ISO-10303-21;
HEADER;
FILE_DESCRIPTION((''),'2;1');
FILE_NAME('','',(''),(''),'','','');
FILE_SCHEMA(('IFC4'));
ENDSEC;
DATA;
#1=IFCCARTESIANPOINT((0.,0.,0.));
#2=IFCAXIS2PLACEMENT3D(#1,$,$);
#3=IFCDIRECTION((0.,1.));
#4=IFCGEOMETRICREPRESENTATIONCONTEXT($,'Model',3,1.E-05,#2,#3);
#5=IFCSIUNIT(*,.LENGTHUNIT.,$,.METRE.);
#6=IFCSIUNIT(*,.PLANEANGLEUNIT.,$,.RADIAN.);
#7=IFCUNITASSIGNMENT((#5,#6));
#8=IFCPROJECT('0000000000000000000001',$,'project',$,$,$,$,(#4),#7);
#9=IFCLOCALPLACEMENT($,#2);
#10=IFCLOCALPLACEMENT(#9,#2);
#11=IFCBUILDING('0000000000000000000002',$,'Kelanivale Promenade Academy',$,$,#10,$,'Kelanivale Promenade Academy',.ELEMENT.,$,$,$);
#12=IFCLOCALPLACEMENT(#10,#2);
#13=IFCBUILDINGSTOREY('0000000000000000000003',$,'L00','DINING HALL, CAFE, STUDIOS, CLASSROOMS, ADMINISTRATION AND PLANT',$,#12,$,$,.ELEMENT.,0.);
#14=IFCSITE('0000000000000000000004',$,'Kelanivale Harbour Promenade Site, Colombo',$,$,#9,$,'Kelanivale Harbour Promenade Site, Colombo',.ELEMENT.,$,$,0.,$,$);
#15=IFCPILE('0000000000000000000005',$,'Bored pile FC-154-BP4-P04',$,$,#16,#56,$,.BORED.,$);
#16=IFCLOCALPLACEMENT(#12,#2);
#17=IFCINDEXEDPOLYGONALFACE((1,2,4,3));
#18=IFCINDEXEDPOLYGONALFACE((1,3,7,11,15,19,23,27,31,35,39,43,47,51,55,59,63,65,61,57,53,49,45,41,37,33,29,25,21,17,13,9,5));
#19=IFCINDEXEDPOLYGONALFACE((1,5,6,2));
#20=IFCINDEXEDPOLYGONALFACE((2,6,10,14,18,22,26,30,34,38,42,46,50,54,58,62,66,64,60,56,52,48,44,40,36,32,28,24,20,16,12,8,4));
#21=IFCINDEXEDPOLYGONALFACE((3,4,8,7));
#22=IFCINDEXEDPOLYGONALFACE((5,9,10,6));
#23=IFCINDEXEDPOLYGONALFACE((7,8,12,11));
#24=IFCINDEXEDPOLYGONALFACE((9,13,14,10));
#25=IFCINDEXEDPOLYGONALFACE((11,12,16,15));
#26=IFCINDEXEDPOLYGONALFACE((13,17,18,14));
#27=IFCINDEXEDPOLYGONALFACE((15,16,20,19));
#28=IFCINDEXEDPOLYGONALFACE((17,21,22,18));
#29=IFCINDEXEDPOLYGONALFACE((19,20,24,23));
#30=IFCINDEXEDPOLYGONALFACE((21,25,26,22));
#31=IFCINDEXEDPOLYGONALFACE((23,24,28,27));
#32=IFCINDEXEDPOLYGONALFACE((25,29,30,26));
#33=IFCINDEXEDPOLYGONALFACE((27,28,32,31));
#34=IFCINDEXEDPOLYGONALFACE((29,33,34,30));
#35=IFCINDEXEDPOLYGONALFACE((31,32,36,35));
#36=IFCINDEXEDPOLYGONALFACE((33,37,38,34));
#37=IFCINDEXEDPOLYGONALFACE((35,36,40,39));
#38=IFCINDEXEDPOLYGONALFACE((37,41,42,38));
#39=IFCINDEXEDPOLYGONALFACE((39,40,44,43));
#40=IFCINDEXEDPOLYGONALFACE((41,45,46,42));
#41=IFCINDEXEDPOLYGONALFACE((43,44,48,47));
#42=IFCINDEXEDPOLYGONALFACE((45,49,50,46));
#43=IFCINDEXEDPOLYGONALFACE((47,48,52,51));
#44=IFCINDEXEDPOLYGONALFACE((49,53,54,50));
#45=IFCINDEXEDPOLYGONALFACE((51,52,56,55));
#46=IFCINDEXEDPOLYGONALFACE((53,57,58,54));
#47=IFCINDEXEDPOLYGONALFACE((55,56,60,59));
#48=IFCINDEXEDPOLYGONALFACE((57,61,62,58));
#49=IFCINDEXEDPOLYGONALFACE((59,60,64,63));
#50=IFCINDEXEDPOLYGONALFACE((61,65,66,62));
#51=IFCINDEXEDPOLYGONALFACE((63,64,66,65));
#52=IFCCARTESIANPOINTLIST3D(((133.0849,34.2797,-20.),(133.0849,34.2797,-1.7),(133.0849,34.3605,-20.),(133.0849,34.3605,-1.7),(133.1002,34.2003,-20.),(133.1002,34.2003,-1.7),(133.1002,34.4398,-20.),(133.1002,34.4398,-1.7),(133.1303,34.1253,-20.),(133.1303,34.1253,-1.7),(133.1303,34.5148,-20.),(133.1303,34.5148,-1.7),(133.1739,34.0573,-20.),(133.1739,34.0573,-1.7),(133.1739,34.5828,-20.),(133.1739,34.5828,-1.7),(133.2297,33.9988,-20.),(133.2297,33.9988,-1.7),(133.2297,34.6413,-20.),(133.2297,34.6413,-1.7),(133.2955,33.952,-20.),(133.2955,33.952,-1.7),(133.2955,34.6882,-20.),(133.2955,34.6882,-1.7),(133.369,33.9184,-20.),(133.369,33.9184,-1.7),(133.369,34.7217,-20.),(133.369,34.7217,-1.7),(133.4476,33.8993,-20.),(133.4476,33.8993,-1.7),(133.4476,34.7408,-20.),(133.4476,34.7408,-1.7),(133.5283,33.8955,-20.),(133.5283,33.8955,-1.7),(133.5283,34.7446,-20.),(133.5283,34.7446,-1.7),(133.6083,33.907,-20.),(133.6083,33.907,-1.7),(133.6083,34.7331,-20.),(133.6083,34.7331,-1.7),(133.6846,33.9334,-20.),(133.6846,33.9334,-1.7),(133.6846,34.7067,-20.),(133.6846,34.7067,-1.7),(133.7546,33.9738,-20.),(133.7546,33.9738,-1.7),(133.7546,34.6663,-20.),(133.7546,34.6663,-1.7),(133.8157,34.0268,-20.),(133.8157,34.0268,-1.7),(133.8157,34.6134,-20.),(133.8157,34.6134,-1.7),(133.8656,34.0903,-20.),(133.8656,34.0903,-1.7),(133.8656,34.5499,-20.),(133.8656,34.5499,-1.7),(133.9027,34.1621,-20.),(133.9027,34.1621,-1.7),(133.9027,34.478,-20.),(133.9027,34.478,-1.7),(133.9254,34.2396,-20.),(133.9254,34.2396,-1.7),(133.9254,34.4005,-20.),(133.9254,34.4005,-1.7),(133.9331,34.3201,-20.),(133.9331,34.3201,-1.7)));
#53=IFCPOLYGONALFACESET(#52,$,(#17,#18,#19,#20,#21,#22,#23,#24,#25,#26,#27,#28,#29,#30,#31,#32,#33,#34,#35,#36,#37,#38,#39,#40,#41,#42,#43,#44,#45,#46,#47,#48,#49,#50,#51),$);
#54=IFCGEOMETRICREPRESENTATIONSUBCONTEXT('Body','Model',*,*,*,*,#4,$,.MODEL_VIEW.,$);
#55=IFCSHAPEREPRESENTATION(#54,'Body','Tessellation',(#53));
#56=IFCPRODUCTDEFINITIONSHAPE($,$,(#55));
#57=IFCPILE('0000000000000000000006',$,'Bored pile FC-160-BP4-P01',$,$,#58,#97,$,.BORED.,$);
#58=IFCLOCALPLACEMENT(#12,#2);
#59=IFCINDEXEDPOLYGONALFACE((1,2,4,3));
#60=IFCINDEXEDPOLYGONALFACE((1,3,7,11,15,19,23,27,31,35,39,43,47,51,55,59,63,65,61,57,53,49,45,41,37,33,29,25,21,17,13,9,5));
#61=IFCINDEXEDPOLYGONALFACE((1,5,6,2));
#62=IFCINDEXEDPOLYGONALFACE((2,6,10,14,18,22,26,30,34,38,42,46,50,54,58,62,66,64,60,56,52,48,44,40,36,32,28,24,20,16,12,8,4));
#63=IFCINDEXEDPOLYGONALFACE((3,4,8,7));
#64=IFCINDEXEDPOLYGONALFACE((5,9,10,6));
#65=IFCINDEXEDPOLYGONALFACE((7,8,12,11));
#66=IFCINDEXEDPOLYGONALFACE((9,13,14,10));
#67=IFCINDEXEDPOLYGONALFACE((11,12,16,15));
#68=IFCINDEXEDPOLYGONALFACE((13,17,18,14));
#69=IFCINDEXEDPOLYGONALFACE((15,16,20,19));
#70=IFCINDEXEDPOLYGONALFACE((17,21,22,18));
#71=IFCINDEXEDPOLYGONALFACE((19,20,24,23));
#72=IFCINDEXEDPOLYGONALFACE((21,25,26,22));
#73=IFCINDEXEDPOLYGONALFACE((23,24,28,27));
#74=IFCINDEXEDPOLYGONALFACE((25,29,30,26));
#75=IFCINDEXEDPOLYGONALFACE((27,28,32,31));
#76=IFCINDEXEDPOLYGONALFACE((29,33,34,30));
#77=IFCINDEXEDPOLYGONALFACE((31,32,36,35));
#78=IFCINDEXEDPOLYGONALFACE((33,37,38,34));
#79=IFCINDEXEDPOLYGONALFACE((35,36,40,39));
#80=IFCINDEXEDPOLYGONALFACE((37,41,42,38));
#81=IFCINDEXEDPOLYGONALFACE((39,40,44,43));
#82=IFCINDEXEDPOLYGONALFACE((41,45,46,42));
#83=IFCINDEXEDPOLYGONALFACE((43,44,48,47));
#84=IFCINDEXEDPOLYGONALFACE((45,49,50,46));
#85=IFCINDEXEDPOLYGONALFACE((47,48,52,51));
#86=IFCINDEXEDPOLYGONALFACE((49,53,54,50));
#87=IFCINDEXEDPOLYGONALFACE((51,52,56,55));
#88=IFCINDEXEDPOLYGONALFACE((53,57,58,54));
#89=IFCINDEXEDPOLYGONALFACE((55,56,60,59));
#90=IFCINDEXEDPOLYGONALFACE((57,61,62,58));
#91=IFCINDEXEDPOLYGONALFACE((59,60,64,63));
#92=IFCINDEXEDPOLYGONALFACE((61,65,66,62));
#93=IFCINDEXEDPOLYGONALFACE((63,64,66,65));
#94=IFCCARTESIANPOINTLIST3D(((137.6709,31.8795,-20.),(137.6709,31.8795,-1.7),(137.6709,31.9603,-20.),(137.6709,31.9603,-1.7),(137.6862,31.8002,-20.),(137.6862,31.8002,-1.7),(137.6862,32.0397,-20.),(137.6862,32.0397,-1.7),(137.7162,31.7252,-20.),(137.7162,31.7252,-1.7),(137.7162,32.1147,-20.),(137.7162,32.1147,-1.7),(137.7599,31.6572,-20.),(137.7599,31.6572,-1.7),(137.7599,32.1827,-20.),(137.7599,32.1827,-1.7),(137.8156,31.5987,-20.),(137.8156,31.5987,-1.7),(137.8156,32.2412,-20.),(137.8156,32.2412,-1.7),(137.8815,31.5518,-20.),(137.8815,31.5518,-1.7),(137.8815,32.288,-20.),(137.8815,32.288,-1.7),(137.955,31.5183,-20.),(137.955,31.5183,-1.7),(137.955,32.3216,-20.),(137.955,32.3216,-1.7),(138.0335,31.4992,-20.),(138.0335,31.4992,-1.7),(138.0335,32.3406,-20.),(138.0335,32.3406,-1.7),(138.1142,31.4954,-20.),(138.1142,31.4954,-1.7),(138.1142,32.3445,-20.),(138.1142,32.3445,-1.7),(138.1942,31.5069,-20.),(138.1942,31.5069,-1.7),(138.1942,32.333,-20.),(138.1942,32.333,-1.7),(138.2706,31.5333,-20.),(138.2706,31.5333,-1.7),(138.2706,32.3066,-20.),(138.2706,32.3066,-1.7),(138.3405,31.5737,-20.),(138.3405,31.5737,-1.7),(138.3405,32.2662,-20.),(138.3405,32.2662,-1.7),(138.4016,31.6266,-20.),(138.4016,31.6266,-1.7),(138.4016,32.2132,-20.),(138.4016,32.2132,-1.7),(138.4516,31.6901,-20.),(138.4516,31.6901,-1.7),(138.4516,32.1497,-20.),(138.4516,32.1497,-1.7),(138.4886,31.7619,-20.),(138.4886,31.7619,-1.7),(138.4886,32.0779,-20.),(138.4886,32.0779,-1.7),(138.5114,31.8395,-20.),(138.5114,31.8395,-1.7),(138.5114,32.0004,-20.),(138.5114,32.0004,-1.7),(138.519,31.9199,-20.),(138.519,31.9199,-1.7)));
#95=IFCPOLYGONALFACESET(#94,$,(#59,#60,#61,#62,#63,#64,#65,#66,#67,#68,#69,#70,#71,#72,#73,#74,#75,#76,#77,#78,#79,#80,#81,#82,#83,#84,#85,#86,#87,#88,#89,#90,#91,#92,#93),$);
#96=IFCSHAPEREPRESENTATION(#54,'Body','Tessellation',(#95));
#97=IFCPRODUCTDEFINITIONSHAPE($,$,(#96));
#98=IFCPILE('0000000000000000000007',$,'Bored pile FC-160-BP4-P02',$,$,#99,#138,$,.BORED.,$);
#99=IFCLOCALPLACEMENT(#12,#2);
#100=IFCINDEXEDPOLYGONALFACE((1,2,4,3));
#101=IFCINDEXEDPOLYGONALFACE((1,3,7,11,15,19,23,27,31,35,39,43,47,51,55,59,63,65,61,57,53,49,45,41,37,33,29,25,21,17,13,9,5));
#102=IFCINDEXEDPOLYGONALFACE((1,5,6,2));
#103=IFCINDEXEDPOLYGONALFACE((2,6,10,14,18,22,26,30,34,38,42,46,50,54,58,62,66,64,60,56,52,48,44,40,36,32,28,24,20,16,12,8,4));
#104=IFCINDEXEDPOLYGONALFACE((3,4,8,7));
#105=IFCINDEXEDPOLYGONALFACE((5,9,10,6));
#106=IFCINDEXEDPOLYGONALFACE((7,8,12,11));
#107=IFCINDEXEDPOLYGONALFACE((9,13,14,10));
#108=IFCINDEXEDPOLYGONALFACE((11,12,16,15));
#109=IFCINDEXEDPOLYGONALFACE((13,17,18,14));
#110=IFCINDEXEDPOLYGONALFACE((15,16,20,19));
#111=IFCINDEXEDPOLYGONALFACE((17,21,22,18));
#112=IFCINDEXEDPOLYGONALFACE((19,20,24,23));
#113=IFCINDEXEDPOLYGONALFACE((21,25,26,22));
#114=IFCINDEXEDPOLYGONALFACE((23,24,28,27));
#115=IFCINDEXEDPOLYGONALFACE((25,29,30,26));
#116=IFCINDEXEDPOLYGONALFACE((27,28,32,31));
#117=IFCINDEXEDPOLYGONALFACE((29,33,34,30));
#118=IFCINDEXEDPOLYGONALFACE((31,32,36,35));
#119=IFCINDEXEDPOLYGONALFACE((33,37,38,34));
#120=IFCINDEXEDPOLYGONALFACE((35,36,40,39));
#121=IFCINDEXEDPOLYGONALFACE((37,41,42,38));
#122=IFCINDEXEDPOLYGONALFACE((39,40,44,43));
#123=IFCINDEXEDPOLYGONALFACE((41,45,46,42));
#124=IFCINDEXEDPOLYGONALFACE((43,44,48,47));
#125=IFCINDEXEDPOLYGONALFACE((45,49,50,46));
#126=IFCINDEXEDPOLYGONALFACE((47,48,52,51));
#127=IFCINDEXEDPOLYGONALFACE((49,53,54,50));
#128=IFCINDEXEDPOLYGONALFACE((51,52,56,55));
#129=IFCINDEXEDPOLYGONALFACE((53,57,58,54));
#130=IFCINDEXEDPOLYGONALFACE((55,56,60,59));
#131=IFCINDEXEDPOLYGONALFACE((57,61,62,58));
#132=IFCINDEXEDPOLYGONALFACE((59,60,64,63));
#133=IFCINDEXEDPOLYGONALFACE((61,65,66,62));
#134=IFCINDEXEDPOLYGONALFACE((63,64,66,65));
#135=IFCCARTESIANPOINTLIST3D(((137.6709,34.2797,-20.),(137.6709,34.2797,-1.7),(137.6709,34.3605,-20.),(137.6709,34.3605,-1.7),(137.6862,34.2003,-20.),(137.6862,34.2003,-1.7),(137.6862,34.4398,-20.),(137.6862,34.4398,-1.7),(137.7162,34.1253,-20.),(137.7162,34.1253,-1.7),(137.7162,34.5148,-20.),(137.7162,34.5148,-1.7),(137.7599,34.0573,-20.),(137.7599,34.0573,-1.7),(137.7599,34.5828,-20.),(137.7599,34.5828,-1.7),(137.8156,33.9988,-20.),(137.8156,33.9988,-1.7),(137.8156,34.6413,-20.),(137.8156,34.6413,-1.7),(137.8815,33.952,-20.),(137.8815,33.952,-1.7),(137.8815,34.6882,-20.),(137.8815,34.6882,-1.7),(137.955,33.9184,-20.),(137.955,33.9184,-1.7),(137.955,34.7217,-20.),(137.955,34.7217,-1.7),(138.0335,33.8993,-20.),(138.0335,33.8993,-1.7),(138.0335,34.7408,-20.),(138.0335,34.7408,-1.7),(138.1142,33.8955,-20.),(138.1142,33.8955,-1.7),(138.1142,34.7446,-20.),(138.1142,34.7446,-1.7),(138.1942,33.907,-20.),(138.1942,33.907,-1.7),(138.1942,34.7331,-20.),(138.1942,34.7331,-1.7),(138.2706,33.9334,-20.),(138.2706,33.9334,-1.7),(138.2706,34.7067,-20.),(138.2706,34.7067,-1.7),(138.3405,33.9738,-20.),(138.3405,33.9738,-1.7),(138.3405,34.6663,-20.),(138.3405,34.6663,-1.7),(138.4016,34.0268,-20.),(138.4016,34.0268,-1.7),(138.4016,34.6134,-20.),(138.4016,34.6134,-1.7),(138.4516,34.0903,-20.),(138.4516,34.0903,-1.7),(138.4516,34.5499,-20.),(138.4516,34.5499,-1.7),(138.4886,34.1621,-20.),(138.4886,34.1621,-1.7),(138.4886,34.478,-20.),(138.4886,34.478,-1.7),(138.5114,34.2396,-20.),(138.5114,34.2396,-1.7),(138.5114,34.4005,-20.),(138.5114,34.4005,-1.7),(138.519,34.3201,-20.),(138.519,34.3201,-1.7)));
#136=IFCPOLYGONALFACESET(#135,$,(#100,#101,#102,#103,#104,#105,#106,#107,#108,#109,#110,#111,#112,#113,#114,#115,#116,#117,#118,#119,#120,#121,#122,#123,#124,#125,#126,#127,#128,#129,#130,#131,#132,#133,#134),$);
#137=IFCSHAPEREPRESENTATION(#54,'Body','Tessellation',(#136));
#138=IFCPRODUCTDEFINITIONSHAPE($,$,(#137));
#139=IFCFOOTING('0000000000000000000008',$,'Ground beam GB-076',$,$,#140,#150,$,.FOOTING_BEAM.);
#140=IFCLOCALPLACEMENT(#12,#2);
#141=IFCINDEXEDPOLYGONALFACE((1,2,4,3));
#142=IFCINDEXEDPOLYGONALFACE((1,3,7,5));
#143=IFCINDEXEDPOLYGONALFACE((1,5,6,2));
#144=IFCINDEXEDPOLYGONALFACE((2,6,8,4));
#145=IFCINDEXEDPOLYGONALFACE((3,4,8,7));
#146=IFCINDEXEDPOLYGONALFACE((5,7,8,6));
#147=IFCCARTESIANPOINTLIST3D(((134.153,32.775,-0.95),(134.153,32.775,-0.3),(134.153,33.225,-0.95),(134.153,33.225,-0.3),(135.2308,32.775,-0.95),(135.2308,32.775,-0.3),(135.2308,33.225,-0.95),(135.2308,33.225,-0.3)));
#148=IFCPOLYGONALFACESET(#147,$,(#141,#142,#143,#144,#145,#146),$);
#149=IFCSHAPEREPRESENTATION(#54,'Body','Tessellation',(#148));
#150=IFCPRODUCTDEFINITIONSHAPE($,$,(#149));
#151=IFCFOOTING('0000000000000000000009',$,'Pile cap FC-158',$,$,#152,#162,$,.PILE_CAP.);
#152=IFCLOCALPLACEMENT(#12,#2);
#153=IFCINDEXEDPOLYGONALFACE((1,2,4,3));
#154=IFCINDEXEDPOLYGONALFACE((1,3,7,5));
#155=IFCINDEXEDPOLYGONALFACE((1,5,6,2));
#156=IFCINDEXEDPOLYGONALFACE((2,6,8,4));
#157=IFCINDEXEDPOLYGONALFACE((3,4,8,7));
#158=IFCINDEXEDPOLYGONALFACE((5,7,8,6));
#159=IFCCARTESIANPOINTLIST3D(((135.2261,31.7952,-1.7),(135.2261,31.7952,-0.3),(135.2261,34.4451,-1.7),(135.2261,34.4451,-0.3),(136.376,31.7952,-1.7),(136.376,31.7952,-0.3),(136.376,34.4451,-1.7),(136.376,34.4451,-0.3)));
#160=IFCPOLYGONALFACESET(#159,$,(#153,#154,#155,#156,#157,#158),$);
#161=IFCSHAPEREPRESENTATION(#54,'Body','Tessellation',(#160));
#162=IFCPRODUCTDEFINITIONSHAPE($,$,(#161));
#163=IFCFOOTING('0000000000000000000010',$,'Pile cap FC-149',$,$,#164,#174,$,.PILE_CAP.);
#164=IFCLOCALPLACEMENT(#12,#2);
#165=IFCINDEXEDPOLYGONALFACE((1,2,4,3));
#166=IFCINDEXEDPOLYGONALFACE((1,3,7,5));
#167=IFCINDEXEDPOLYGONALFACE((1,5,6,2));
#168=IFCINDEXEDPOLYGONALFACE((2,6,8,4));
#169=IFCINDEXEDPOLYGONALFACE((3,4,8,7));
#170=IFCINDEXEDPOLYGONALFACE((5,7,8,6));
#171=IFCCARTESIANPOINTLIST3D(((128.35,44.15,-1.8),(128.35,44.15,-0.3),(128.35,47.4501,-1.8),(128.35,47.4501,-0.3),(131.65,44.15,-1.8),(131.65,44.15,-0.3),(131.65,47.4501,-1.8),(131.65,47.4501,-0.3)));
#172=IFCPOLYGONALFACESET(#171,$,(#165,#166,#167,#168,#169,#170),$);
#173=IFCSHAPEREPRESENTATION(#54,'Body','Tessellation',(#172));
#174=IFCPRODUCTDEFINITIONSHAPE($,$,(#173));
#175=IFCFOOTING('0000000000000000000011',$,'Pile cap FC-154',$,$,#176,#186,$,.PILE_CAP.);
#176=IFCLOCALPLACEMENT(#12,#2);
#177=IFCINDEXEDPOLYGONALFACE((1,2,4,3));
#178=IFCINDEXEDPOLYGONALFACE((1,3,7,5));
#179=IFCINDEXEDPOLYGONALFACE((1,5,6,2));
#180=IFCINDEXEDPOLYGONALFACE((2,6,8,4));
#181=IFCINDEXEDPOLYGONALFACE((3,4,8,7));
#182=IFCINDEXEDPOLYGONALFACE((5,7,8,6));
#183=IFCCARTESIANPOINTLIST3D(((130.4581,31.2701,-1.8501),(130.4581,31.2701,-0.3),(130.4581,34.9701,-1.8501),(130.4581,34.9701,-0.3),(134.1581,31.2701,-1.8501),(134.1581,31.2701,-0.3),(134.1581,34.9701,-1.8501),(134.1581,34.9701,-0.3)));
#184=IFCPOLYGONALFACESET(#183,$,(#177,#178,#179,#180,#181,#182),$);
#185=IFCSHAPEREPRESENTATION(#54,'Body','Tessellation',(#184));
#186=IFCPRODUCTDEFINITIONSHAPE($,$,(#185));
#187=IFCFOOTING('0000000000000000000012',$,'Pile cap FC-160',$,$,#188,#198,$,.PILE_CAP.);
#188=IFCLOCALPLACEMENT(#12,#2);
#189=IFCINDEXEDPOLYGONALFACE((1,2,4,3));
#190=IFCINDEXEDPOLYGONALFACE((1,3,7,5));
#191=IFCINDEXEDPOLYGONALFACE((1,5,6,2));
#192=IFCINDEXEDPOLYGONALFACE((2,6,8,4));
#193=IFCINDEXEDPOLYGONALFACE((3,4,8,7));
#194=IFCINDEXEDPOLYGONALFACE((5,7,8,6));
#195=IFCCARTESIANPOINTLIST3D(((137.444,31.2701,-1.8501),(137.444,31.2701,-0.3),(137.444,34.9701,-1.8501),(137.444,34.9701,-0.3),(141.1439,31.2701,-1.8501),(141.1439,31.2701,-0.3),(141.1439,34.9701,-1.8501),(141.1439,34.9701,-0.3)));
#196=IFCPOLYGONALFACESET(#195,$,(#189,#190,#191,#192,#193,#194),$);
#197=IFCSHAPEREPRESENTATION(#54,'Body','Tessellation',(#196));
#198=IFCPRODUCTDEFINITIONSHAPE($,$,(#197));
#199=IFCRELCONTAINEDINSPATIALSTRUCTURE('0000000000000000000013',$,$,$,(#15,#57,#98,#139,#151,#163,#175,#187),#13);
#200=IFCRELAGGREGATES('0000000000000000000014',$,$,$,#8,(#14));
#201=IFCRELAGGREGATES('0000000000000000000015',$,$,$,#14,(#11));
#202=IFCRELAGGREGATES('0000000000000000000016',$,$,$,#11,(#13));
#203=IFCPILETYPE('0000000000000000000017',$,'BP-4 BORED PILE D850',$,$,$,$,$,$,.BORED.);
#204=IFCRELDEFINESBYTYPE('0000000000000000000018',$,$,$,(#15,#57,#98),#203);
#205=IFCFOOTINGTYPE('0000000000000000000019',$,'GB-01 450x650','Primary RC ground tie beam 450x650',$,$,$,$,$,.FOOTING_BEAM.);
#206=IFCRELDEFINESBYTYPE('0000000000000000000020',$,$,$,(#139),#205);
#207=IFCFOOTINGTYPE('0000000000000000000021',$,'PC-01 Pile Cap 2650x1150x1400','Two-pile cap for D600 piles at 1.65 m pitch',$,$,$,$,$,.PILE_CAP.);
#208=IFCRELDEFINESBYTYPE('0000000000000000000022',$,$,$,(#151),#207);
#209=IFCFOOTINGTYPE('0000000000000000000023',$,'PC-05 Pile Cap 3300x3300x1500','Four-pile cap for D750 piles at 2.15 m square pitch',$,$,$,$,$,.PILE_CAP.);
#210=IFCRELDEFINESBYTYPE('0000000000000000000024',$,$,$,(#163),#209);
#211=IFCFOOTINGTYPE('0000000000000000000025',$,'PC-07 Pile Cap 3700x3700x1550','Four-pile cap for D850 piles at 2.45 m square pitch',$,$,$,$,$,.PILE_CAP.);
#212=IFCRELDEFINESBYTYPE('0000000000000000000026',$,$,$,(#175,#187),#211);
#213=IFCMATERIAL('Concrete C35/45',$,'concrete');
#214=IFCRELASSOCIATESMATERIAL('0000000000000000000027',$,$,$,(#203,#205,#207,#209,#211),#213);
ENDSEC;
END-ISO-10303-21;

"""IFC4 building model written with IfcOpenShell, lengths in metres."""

from ifc_helpers import new_model, si_unit, direction, frame, origin, origin_2d, place, context, subcontext, project, spatial, rectangle, circle, extrude, material, material_profile, profile_set, type_object, element, save


model = new_model("IFC4")

# Units and contexts
model_context = context("Model", 3, precision=1e-05, world=origin(), true_north=direction((0.0, 1.0)))
body_context = subcontext(model_context, "Body", "Model", "MODEL_VIEW")
ifc_project = project(units=[si_unit("LENGTHUNIT", "METRE"), si_unit("PLANEANGLEUNIT", "RADIAN")], contexts=[model_context])

# Site, building, storey
site_placement = place(None, origin())
site = spatial("IfcSite", under=ifc_project, at=site_placement, Name="Kelanivale Harbour Promenade Site, Colombo", LongName="Kelanivale Harbour Promenade Site, Colombo", CompositionType="ELEMENT", RefElevation=0.0)
building_placement = place(site_placement, origin())
building = spatial("IfcBuilding", under=site, at=building_placement, Name="Kelanivale Promenade Academy", LongName="Kelanivale Promenade Academy", CompositionType="ELEMENT")
storey_placement = place(building_placement, origin())
storey = spatial("IfcBuildingStorey", under=building, at=storey_placement, Name="L00", Description="DINING HALL, CAFE, STUDIOS, CLASSROOMS, ADMINISTRATION AND PLANT", CompositionType="ELEMENT", Elevation=0.0)

# Piles
ifc_material_1 = material(Name="Concrete C35/45", Category="concrete")
ifc_material_profile_1 = material_profile(ifc_material_1, circle(Radius=0.425, at=origin_2d()), Name="BORED PILE D850")
ifc_profile_set_1 = profile_set([ifc_material_profile_1], Name="Concrete C35/45")
pile_type_1 = type_object("IfcPileType", Name="BP-4 BORED PILE D850", PredefinedType="BORED", material=ifc_profile_set_1)
for number, where, z_axis, x_axis, name in (
    (1, (133.5081, 34.3201, -1.7), (0.0, 0.0, -1.0), (1.0, 0.0, 0.0), "Bored pile FC-154-BP4-P04"),
    (2, (138.094, 31.9199, -1.7), (0.0, 0.0, -1.0), (1.0, 0.0, 0.0), "Bored pile FC-160-BP4-P01"),
    (3, (138.094, 34.3201, -1.7), (0.0, 0.0, -1.0), (1.0, 0.0, 0.0), "Bored pile FC-160-BP4-P02"),
):
    element("IfcPile", number, at=place(storey_placement, frame(where, z_axis=z_axis, x_axis=x_axis)), inside=storey, type_object=pile_type_1, Name=name, PredefinedType="BORED", context=body_context, shape_type="SweptSolid", body=[
        extrude(circle(Radius=0.425, at=origin_2d()), origin(), (0.0, 0.0, 1.0), 18.3),
    ])

# Footings
footing_type_1 = type_object("IfcFootingType", Name="GB-01 450x650", Description="Primary RC ground tie beam 450x650", PredefinedType="FOOTING_BEAM", material=ifc_material_1)
footing_1_placement = place(storey_placement, frame((134.6919, 33.0, -0.95), z_axis=(0.0, 0.0, 1.0), x_axis=(1.0, 0.0, 0.0)))
element("IfcFooting", 4, at=footing_1_placement, inside=storey, type_object=footing_type_1, Name="Ground beam GB-076", PredefinedType="FOOTING_BEAM", context=body_context, shape_type="SweptSolid", body=[
    extrude(rectangle(XDim=1.0779, YDim=0.45, at=origin_2d()), origin(), (0.0, 0.0, 1.0), 0.6499),
])
footing_type_2 = type_object("IfcFootingType", Name="PC-01 Pile Cap 2650x1150x1400", Description="Two-pile cap for D600 piles at 1.65 m pitch", PredefinedType="PILE_CAP", material=ifc_material_1)
footing_2_placement = place(storey_placement, frame((135.801, 33.1201, -1.7), z_axis=(0.0, 0.0, 1.0), x_axis=(0.0, 1.0, 0.0)))
element("IfcFooting", 5, at=footing_2_placement, inside=storey, type_object=footing_type_2, Name="Pile cap FC-158", PredefinedType="PILE_CAP", context=body_context, shape_type="SweptSolid", body=[
    extrude(rectangle(XDim=2.6499, YDim=1.1499, at=origin_2d()), origin(), (0.0, 0.0, 1.0), 1.3999),
])
footing_type_3 = type_object("IfcFootingType", Name="PC-05 Pile Cap 3300x3300x1500", Description="Four-pile cap for D750 piles at 2.15 m square pitch", PredefinedType="PILE_CAP", material=ifc_material_1)
footing_3_placement = place(storey_placement, frame((130.0, 45.8, -1.8), z_axis=(0.0, 0.0, 1.0), x_axis=(1.0, 0.0, 0.0)))
element("IfcFooting", 6, at=footing_3_placement, inside=storey, type_object=footing_type_3, Name="Pile cap FC-149", PredefinedType="PILE_CAP", context=body_context, shape_type="SweptSolid", body=[
    extrude(rectangle(XDim=3.3, YDim=3.3, at=origin_2d()), origin(), (0.0, 0.0, 1.0), 1.5),
])
footing_type_4 = type_object("IfcFootingType", Name="PC-07 Pile Cap 3700x3700x1550", Description="Four-pile cap for D850 piles at 2.45 m square pitch", PredefinedType="PILE_CAP", material=ifc_material_1)
for number, where, z_axis, x_axis, name in (
    (7, (132.3081, 33.1201, -1.8501), (0.0, 0.0, 1.0), (1.0, 0.0, 0.0), "Pile cap FC-154"),
    (8, (139.2939, 33.1201, -1.8501), (0.0, 0.0, 1.0), (1.0, 0.0, 0.0), "Pile cap FC-160"),
):
    element("IfcFooting", number, at=place(storey_placement, frame(where, z_axis=z_axis, x_axis=x_axis)), inside=storey, type_object=footing_type_4, Name=name, PredefinedType="PILE_CAP", context=body_context, shape_type="SweptSolid", body=[
        extrude(rectangle(XDim=3.7, YDim=3.7, at=origin_2d()), origin(), (0.0, 0.0, 1.0), 1.55),
    ])

save(model, "model.ifc")
